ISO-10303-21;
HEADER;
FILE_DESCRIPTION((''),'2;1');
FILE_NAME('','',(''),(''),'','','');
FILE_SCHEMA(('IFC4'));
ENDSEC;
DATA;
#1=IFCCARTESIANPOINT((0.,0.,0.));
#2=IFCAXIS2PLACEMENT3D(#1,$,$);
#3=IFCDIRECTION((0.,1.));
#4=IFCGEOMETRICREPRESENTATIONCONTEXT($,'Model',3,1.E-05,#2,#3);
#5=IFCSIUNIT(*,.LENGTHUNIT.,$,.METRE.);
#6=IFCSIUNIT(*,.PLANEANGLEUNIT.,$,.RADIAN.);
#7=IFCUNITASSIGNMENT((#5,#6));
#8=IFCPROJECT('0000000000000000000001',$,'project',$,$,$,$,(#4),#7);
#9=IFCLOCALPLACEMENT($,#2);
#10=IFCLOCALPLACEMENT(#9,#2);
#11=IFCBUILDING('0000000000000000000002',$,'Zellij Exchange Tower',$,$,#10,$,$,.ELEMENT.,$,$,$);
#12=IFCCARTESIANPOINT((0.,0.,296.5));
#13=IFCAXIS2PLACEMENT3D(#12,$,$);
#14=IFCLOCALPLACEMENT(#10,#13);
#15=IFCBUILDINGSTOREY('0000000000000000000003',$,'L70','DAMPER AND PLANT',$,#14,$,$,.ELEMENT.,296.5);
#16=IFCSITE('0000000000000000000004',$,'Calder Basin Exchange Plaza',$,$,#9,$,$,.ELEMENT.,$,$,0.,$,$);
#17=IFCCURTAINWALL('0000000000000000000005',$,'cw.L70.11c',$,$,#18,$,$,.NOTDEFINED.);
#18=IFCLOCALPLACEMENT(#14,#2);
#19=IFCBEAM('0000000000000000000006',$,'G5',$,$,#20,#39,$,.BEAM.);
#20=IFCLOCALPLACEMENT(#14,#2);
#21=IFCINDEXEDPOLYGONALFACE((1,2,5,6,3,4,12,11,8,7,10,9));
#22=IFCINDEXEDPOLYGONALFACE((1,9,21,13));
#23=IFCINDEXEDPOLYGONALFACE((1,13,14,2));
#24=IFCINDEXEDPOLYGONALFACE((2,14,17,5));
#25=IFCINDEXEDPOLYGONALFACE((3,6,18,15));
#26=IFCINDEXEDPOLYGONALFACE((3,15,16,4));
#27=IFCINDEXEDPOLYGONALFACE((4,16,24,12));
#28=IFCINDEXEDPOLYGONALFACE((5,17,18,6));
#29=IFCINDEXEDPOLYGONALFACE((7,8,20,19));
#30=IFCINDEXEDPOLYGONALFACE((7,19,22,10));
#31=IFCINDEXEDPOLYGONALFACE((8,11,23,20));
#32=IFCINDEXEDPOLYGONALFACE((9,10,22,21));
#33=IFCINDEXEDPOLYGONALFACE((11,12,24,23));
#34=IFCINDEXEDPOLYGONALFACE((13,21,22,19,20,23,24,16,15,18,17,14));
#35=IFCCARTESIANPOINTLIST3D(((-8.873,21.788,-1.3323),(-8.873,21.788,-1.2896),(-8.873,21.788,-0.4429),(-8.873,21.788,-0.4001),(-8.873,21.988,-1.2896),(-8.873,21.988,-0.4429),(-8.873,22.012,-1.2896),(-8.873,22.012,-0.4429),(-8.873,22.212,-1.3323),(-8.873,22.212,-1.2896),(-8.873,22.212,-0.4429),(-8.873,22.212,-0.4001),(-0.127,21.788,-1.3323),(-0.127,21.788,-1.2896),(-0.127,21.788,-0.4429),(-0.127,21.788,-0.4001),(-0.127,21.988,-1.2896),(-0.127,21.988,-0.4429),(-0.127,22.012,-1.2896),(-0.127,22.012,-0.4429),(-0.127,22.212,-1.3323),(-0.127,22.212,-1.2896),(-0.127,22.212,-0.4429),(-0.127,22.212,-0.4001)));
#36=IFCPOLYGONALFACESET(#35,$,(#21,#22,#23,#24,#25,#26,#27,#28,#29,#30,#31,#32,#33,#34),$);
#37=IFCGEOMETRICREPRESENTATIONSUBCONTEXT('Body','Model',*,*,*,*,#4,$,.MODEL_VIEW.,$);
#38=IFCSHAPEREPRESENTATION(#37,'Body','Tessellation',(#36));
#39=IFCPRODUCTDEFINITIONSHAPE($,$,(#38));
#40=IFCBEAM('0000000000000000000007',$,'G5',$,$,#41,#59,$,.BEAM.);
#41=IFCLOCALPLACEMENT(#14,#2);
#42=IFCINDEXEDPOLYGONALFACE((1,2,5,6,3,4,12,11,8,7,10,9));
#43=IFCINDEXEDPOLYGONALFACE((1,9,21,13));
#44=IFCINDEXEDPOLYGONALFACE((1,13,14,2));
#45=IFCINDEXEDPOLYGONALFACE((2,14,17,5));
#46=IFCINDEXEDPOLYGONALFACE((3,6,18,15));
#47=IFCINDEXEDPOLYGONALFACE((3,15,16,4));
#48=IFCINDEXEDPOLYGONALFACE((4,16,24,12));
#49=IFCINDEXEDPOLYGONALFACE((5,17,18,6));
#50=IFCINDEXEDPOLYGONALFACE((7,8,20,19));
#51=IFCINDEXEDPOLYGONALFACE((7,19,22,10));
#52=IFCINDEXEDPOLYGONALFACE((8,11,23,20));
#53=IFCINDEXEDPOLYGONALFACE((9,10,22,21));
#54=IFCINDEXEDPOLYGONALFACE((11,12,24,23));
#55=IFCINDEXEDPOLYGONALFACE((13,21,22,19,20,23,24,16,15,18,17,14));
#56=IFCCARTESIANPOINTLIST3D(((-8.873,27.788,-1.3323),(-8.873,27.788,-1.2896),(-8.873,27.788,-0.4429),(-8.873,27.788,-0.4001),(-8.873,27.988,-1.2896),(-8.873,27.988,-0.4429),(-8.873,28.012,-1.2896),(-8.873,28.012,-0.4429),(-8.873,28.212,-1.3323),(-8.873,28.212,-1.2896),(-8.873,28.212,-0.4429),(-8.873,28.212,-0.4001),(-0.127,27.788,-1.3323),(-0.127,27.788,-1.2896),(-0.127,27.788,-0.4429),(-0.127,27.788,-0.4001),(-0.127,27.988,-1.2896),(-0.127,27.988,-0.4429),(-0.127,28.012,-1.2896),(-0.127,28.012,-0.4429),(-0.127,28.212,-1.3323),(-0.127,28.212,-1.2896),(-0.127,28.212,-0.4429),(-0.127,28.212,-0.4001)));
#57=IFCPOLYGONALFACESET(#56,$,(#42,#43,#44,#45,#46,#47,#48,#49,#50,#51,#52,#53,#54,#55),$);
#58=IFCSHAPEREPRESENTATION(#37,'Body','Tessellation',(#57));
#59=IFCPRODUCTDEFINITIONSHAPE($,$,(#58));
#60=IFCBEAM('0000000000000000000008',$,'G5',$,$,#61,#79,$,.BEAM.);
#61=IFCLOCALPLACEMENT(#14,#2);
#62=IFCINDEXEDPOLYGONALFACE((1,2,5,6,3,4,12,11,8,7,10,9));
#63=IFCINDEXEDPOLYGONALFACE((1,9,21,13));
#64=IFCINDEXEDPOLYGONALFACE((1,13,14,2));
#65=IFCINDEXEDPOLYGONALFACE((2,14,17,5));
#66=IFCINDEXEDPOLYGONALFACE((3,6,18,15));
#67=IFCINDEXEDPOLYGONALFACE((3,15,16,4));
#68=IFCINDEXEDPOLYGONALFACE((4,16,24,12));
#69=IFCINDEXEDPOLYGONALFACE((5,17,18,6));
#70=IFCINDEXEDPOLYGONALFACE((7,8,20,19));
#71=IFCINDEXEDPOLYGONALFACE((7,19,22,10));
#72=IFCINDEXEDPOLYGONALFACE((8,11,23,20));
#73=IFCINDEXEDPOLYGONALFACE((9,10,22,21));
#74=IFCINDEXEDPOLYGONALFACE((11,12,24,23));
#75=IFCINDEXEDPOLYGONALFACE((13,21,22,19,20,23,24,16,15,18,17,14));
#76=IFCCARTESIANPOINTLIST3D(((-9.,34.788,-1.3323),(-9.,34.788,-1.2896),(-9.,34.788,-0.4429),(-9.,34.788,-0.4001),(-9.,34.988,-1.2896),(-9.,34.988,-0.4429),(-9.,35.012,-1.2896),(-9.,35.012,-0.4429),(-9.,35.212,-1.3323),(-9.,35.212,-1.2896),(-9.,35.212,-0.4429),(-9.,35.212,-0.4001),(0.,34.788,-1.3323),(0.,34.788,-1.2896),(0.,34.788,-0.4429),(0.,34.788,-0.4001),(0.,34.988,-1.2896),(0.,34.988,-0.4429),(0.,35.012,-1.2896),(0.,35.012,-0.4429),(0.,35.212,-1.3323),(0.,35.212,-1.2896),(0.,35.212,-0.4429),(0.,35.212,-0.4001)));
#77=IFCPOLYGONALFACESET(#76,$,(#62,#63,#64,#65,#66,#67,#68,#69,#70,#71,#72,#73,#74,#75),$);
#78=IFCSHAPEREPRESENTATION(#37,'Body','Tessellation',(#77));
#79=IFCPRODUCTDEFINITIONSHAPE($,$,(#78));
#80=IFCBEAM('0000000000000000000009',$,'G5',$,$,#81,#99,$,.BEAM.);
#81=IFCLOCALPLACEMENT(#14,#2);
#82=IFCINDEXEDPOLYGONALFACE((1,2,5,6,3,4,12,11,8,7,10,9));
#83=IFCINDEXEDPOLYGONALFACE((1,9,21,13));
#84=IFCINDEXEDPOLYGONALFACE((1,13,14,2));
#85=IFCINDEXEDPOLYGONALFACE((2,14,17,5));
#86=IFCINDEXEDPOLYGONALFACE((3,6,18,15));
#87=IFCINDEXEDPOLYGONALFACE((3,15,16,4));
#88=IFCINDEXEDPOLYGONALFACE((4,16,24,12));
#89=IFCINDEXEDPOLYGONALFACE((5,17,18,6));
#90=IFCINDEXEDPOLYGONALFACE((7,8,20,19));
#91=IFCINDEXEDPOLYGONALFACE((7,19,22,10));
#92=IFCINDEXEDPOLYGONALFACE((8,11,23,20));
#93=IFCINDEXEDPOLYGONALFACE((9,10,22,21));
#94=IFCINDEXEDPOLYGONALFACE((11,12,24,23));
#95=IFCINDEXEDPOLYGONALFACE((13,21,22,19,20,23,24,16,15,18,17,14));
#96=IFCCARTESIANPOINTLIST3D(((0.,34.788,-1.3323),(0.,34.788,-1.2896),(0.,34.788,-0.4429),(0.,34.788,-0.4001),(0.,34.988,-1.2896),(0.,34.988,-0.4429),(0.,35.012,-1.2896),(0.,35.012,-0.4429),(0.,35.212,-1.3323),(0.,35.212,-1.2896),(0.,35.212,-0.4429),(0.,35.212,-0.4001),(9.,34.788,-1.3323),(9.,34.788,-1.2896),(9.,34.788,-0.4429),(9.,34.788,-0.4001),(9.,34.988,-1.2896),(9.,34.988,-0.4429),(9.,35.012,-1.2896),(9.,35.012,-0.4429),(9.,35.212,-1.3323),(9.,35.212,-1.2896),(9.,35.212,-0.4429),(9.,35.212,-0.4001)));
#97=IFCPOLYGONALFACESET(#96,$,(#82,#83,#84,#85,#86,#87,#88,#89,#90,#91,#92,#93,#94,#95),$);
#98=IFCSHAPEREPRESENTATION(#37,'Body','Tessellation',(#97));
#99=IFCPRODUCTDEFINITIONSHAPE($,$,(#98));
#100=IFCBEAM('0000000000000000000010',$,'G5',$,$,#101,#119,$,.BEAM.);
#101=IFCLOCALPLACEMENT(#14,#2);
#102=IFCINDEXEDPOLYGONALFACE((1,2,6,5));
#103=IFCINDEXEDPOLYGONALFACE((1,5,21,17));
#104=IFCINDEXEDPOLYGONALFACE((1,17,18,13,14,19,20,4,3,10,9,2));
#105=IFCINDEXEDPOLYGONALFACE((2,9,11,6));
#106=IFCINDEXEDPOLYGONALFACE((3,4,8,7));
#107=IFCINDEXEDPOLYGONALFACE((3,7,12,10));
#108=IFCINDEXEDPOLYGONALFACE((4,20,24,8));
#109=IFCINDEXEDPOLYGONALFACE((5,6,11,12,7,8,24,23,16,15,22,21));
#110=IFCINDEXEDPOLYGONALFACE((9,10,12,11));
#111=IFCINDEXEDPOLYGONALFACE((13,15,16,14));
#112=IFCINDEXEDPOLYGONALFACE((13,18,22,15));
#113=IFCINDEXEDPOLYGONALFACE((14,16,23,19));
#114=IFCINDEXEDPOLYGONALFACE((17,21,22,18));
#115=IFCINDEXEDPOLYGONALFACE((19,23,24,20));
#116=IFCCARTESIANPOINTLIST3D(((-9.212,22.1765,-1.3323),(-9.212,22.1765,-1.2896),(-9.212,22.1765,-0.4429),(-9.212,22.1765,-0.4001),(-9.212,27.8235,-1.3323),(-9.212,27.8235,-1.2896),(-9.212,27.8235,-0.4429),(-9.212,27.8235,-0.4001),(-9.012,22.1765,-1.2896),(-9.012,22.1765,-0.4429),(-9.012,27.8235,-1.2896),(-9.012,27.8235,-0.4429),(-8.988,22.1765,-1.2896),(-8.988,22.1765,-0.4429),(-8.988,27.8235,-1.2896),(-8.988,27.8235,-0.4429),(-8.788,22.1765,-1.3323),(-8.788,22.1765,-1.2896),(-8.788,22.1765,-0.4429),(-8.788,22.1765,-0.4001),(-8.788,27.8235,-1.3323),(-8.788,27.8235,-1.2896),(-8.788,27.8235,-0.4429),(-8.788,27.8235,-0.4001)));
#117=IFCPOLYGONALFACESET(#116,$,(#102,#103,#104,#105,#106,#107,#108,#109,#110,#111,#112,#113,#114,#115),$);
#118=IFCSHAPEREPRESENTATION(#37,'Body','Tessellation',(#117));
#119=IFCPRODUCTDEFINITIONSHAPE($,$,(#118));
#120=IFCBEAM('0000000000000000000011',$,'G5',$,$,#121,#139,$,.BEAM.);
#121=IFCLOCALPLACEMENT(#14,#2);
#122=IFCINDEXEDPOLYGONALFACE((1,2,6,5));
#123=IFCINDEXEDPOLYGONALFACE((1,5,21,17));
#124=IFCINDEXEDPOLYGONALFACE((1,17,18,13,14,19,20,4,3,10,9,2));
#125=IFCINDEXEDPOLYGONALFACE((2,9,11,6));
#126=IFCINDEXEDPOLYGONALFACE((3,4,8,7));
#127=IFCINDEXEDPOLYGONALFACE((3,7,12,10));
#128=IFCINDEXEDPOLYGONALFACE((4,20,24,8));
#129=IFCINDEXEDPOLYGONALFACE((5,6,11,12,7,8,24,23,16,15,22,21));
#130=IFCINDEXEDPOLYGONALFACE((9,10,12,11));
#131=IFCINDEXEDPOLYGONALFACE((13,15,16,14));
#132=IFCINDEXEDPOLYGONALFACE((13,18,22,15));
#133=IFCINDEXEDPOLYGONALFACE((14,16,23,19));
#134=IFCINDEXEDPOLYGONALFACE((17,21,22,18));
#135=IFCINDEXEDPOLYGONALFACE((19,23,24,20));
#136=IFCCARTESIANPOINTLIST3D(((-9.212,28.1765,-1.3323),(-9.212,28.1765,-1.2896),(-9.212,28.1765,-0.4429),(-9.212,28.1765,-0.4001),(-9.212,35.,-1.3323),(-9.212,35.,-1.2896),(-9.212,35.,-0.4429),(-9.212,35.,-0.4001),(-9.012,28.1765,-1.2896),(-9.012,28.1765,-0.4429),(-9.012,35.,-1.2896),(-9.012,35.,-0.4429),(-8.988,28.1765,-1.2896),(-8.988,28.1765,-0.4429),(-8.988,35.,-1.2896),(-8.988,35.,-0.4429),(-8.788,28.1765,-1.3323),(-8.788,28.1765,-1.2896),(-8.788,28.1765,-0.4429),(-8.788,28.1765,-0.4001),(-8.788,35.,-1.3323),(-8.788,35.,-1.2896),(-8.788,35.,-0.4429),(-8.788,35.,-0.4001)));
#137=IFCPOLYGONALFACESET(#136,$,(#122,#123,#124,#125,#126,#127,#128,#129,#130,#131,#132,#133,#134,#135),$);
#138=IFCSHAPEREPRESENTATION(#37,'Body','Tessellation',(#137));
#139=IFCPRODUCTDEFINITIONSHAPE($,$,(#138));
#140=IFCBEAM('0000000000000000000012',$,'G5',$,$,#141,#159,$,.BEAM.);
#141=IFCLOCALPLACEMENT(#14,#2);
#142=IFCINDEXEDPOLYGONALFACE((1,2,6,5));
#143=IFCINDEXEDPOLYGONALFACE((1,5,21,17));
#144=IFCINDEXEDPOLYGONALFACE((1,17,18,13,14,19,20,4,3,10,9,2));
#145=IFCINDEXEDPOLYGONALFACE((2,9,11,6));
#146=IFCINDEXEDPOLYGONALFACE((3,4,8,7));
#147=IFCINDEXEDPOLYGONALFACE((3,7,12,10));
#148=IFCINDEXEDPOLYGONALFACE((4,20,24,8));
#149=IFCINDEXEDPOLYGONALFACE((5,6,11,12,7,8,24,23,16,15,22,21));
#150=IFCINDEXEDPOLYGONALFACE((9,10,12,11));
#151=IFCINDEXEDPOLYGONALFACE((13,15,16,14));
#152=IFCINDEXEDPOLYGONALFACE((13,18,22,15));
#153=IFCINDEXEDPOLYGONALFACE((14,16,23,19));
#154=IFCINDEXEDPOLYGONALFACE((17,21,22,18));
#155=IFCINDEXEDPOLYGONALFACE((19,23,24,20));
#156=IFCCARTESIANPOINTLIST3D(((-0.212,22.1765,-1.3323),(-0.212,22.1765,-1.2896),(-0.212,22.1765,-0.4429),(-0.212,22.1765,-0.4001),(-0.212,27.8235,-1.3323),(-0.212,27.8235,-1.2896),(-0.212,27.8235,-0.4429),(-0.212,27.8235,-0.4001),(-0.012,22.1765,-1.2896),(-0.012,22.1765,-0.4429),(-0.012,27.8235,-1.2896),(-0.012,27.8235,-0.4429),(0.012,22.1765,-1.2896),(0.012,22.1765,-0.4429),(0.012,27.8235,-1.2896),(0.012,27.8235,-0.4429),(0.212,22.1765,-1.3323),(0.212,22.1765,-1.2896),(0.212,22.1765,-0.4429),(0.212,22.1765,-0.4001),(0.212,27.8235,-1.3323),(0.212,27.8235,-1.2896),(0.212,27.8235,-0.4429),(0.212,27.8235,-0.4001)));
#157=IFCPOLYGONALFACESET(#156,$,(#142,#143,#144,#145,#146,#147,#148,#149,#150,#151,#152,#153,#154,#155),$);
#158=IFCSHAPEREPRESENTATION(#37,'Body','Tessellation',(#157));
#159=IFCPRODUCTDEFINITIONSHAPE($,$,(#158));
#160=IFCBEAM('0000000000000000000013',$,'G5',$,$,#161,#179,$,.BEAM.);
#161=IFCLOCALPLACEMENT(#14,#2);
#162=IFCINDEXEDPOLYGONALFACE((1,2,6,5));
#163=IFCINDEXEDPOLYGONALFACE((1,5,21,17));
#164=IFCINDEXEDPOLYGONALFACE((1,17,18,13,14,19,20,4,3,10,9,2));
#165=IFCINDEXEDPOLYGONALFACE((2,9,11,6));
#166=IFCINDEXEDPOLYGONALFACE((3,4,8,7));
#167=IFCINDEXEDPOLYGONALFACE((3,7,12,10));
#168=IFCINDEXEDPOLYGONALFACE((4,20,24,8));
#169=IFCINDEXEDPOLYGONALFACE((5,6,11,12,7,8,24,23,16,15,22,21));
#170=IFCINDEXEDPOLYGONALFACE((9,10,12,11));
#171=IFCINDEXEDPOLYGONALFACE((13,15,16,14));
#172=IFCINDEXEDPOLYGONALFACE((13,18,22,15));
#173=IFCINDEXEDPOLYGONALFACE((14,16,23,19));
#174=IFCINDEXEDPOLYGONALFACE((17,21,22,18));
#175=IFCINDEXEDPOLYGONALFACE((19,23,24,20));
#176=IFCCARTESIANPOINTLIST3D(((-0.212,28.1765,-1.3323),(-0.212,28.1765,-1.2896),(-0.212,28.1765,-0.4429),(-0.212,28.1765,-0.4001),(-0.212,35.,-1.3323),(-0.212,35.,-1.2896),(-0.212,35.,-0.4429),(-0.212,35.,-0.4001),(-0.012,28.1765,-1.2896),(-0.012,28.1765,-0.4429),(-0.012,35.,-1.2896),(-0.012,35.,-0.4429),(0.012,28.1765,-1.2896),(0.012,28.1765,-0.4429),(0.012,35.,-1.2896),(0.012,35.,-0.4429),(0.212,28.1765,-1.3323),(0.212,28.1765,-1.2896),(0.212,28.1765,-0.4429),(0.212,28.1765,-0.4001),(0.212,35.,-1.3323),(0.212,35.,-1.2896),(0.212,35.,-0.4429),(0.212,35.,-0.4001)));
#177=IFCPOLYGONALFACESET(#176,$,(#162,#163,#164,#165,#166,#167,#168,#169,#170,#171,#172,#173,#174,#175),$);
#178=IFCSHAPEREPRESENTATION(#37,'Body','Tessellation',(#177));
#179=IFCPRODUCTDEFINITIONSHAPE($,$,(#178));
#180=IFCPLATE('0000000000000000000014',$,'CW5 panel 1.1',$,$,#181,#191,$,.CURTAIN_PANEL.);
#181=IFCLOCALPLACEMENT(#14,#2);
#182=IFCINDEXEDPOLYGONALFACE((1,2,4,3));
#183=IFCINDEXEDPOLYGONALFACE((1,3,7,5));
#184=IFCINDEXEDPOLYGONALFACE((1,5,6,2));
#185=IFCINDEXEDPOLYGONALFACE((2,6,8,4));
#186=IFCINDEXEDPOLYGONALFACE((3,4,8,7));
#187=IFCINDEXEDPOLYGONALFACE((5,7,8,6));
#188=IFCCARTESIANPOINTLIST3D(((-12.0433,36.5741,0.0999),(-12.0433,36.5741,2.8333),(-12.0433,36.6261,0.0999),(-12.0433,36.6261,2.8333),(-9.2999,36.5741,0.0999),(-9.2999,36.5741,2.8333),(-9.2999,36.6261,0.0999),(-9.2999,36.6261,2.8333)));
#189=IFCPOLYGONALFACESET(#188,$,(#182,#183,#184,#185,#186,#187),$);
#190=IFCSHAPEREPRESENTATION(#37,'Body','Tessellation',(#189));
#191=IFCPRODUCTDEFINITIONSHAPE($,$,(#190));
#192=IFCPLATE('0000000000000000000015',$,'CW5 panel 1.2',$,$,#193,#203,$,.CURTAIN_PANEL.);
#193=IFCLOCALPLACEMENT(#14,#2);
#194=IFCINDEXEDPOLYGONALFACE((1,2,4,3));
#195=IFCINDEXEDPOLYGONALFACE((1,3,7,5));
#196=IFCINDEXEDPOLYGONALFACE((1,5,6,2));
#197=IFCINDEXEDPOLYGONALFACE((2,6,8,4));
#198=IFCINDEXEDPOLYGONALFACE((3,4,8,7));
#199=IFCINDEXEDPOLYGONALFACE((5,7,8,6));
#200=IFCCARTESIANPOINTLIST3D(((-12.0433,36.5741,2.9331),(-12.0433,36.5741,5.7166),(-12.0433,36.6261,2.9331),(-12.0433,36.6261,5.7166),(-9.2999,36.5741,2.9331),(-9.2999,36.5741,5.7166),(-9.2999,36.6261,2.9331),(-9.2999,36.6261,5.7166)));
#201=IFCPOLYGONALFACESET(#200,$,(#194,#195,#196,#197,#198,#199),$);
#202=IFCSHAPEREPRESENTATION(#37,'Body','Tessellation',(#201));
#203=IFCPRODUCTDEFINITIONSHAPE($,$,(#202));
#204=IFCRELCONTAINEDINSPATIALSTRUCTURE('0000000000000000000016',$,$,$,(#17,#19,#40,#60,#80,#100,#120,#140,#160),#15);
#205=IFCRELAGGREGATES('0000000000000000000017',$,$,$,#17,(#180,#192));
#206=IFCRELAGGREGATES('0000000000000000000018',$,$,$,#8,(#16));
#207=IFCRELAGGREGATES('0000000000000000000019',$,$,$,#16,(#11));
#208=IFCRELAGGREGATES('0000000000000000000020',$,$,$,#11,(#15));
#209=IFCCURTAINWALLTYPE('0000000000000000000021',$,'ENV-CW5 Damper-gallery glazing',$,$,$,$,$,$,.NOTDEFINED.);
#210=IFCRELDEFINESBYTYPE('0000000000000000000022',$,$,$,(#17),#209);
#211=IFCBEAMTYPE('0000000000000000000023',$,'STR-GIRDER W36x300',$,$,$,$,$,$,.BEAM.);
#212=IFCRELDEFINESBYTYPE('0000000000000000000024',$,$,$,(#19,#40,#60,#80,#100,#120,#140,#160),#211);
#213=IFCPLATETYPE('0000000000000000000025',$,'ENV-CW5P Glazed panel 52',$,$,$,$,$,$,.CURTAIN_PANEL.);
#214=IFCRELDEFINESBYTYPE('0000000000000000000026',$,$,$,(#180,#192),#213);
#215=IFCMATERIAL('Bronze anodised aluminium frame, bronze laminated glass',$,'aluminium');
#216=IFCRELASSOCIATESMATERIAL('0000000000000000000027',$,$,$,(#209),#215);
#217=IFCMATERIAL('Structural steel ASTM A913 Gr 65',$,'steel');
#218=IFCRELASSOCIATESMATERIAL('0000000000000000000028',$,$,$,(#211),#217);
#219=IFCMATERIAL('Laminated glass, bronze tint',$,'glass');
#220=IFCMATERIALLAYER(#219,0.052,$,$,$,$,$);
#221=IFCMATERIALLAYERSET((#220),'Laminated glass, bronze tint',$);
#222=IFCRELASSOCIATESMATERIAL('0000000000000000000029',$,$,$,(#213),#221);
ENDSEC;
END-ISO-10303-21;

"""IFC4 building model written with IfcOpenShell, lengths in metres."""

from ifc_helpers import new_model, si_unit, direction, frame, origin, origin_2d, place, context, subcontext, project, spatial, rectangle, i_section, extrude, material, layer, layer_set, material_profile, profile_set, type_object, element, aggregate, save


model = new_model("IFC4")

# Units and contexts
model_context = context("Model", 3, precision=1e-05, world=origin(), true_north=direction((0.0, 1.0)))
body_context = subcontext(model_context, "Body", "Model", "MODEL_VIEW")
ifc_project = project(units=[si_unit("LENGTHUNIT", "METRE"), si_unit("PLANEANGLEUNIT", "RADIAN")], contexts=[model_context])

# Site, building, storey
site_placement = place(None, origin())
site = spatial("IfcSite", under=ifc_project, at=site_placement, Name="Calder Basin Exchange Plaza", CompositionType="ELEMENT", RefElevation=0.0)
building_placement = place(site_placement, origin())
building = spatial("IfcBuilding", under=site, at=building_placement, Name="Zellij Exchange Tower", CompositionType="ELEMENT")
storey_placement = place(building_placement, frame((0.0, 0.0, 296.5)))
storey = spatial("IfcBuildingStorey", under=building, at=storey_placement, Name="L70", Description="DAMPER AND PLANT", CompositionType="ELEMENT", Elevation=296.5)

# Curtain wall
ifc_material_1 = material(Name="Bronze anodised aluminium frame, bronze laminated glass", Category="aluminium")
curtain_wall_type = type_object("IfcCurtainWallType", Name="ENV-CW5 Damper-gallery glazing", PredefinedType="NOTDEFINED", material=ifc_material_1)
curtain_wall_placement = place(storey_placement, origin())
curtain_wall = element("IfcCurtainWall", 1, at=curtain_wall_placement, inside=storey, type_object=curtain_wall_type, Name="cw.L70.11c", PredefinedType="NOTDEFINED")

# Beams
ifc_material_2 = material(Name="Structural steel ASTM A913 Gr 65", Category="steel")
ifc_material_profile_1 = material_profile(ifc_material_2, i_section(OverallWidth=0.4241, OverallDepth=0.9321, WebThickness=0.0239, FlangeThickness=0.0427, at=origin_2d()), Name="W36x300")
ifc_profile_set_1 = profile_set([ifc_material_profile_1], Name="Structural steel ASTM A913 Gr 65")
beam_type = type_object("IfcBeamType", Name="STR-GIRDER W36x300", PredefinedType="BEAM", material=ifc_profile_set_1)
for number, where, z_axis, x_axis, name in (
    (2, (-8.873, 22.0, -0.8662), (1.0, 0.0, 0.0), (0.0, 1.0, 0.0), "G5"),
    (3, (-8.873, 28.0, -0.8662), (1.0, 0.0, 0.0), (0.0, 1.0, 0.0), "G5"),
):
    element("IfcBeam", number, at=place(storey_placement, frame(where, z_axis=z_axis, x_axis=x_axis)), inside=storey, type_object=beam_type, Name=name, PredefinedType="BEAM", context=body_context, shape_type="SweptSolid", body=[
        extrude(i_section(OverallWidth=0.4241, OverallDepth=0.9321, WebThickness=0.0239, FlangeThickness=0.0427, at=origin_2d()), origin(), (0.0, 0.0, 1.0), 8.7461),
    ])
for number, where, z_axis, x_axis, name in (
    (4, (-9.0, 35.0, -0.8662), (1.0, 0.0, 0.0), (0.0, 1.0, 0.0), "G5"),
    (5, (0.0, 35.0, -0.8662), (1.0, 0.0, 0.0), (0.0, 1.0, 0.0), "G5"),
):
    element("IfcBeam", number, at=place(storey_placement, frame(where, z_axis=z_axis, x_axis=x_axis)), inside=storey, type_object=beam_type, Name=name, PredefinedType="BEAM", context=body_context, shape_type="SweptSolid", body=[
        extrude(i_section(OverallWidth=0.4241, OverallDepth=0.9321, WebThickness=0.0239, FlangeThickness=0.0427, at=origin_2d()), origin(), (0.0, 0.0, 1.0), 9.0),
    ])
beam_1_placement = place(storey_placement, frame((-9.0, 22.1765, -0.8662), z_axis=(0.0, 1.0, 0.0), x_axis=(-1.0, 0.0, 0.0)))
element("IfcBeam", 6, at=beam_1_placement, inside=storey, type_object=beam_type, Name="G5", PredefinedType="BEAM", context=body_context, shape_type="SweptSolid", body=[
    extrude(i_section(OverallWidth=0.4241, OverallDepth=0.9321, WebThickness=0.0239, FlangeThickness=0.0427, at=origin_2d()), origin(), (0.0, 0.0, 1.0), 5.647),
])
beam_2_placement = place(storey_placement, frame((-9.0, 28.1765, -0.8662), z_axis=(0.0, 1.0, 0.0), x_axis=(-1.0, 0.0, 0.0)))
element("IfcBeam", 7, at=beam_2_placement, inside=storey, type_object=beam_type, Name="G5", PredefinedType="BEAM", context=body_context, shape_type="SweptSolid", body=[
    extrude(i_section(OverallWidth=0.4241, OverallDepth=0.9321, WebThickness=0.0239, FlangeThickness=0.0427, at=origin_2d()), origin(), (0.0, 0.0, 1.0), 6.8235),
])
beam_3_placement = place(storey_placement, frame((0.0, 22.1765, -0.8662), z_axis=(0.0, 1.0, 0.0), x_axis=(-1.0, 0.0, 0.0)))
element("IfcBeam", 8, at=beam_3_placement, inside=storey, type_object=beam_type, Name="G5", PredefinedType="BEAM", context=body_context, shape_type="SweptSolid", body=[
    extrude(i_section(OverallWidth=0.4241, OverallDepth=0.9321, WebThickness=0.0239, FlangeThickness=0.0427, at=origin_2d()), origin(), (0.0, 0.0, 1.0), 5.647),
])
beam_4_placement = place(storey_placement, frame((0.0, 28.1765, -0.8662), z_axis=(0.0, 1.0, 0.0), x_axis=(-1.0, 0.0, 0.0)))
element("IfcBeam", 9, at=beam_4_placement, inside=storey, type_object=beam_type, Name="G5", PredefinedType="BEAM", context=body_context, shape_type="SweptSolid", body=[
    extrude(i_section(OverallWidth=0.4241, OverallDepth=0.9321, WebThickness=0.0239, FlangeThickness=0.0427, at=origin_2d()), origin(), (0.0, 0.0, 1.0), 6.8235),
])

# Plates
ifc_material_3 = material(Name="Laminated glass, bronze tint", Category="glass")
ifc_layer_1 = layer(ifc_material_3, 0.052)
ifc_layer_set_1 = layer_set([ifc_layer_1], Name="Laminated glass, bronze tint")
plate_type = type_object("IfcPlateType", Name="ENV-CW5P Glazed panel 52", PredefinedType="CURTAIN_PANEL", material=ifc_layer_set_1)
plate_1_placement = place(storey_placement, frame((-10.6716, 36.6001, 0.0999), z_axis=(0.0, 0.0, 1.0), x_axis=(-1.0, 0.0, 0.0)))
plate_1 = element("IfcPlate", 10, at=plate_1_placement, type_object=plate_type, Name="CW5 panel 1.1", PredefinedType="CURTAIN_PANEL", context=body_context, shape_type="SweptSolid", body=[
    extrude(rectangle(XDim=2.7434, YDim=0.052, at=origin_2d()), origin(), (0.0, 0.0, 1.0), 2.7334),
])
plate_2_placement = place(storey_placement, frame((-10.6716, 36.6001, 2.9331), z_axis=(0.0, 0.0, 1.0), x_axis=(-1.0, 0.0, 0.0)))
plate_2 = element("IfcPlate", 11, at=plate_2_placement, type_object=plate_type, Name="CW5 panel 1.2", PredefinedType="CURTAIN_PANEL", context=body_context, shape_type="SweptSolid", body=[
    extrude(rectangle(XDim=2.7434, YDim=0.052, at=origin_2d()), origin(), (0.0, 0.0, 1.0), 2.7834),
])
aggregate(curtain_wall, [plate_1, plate_2])

save(model, "model.ifc")
